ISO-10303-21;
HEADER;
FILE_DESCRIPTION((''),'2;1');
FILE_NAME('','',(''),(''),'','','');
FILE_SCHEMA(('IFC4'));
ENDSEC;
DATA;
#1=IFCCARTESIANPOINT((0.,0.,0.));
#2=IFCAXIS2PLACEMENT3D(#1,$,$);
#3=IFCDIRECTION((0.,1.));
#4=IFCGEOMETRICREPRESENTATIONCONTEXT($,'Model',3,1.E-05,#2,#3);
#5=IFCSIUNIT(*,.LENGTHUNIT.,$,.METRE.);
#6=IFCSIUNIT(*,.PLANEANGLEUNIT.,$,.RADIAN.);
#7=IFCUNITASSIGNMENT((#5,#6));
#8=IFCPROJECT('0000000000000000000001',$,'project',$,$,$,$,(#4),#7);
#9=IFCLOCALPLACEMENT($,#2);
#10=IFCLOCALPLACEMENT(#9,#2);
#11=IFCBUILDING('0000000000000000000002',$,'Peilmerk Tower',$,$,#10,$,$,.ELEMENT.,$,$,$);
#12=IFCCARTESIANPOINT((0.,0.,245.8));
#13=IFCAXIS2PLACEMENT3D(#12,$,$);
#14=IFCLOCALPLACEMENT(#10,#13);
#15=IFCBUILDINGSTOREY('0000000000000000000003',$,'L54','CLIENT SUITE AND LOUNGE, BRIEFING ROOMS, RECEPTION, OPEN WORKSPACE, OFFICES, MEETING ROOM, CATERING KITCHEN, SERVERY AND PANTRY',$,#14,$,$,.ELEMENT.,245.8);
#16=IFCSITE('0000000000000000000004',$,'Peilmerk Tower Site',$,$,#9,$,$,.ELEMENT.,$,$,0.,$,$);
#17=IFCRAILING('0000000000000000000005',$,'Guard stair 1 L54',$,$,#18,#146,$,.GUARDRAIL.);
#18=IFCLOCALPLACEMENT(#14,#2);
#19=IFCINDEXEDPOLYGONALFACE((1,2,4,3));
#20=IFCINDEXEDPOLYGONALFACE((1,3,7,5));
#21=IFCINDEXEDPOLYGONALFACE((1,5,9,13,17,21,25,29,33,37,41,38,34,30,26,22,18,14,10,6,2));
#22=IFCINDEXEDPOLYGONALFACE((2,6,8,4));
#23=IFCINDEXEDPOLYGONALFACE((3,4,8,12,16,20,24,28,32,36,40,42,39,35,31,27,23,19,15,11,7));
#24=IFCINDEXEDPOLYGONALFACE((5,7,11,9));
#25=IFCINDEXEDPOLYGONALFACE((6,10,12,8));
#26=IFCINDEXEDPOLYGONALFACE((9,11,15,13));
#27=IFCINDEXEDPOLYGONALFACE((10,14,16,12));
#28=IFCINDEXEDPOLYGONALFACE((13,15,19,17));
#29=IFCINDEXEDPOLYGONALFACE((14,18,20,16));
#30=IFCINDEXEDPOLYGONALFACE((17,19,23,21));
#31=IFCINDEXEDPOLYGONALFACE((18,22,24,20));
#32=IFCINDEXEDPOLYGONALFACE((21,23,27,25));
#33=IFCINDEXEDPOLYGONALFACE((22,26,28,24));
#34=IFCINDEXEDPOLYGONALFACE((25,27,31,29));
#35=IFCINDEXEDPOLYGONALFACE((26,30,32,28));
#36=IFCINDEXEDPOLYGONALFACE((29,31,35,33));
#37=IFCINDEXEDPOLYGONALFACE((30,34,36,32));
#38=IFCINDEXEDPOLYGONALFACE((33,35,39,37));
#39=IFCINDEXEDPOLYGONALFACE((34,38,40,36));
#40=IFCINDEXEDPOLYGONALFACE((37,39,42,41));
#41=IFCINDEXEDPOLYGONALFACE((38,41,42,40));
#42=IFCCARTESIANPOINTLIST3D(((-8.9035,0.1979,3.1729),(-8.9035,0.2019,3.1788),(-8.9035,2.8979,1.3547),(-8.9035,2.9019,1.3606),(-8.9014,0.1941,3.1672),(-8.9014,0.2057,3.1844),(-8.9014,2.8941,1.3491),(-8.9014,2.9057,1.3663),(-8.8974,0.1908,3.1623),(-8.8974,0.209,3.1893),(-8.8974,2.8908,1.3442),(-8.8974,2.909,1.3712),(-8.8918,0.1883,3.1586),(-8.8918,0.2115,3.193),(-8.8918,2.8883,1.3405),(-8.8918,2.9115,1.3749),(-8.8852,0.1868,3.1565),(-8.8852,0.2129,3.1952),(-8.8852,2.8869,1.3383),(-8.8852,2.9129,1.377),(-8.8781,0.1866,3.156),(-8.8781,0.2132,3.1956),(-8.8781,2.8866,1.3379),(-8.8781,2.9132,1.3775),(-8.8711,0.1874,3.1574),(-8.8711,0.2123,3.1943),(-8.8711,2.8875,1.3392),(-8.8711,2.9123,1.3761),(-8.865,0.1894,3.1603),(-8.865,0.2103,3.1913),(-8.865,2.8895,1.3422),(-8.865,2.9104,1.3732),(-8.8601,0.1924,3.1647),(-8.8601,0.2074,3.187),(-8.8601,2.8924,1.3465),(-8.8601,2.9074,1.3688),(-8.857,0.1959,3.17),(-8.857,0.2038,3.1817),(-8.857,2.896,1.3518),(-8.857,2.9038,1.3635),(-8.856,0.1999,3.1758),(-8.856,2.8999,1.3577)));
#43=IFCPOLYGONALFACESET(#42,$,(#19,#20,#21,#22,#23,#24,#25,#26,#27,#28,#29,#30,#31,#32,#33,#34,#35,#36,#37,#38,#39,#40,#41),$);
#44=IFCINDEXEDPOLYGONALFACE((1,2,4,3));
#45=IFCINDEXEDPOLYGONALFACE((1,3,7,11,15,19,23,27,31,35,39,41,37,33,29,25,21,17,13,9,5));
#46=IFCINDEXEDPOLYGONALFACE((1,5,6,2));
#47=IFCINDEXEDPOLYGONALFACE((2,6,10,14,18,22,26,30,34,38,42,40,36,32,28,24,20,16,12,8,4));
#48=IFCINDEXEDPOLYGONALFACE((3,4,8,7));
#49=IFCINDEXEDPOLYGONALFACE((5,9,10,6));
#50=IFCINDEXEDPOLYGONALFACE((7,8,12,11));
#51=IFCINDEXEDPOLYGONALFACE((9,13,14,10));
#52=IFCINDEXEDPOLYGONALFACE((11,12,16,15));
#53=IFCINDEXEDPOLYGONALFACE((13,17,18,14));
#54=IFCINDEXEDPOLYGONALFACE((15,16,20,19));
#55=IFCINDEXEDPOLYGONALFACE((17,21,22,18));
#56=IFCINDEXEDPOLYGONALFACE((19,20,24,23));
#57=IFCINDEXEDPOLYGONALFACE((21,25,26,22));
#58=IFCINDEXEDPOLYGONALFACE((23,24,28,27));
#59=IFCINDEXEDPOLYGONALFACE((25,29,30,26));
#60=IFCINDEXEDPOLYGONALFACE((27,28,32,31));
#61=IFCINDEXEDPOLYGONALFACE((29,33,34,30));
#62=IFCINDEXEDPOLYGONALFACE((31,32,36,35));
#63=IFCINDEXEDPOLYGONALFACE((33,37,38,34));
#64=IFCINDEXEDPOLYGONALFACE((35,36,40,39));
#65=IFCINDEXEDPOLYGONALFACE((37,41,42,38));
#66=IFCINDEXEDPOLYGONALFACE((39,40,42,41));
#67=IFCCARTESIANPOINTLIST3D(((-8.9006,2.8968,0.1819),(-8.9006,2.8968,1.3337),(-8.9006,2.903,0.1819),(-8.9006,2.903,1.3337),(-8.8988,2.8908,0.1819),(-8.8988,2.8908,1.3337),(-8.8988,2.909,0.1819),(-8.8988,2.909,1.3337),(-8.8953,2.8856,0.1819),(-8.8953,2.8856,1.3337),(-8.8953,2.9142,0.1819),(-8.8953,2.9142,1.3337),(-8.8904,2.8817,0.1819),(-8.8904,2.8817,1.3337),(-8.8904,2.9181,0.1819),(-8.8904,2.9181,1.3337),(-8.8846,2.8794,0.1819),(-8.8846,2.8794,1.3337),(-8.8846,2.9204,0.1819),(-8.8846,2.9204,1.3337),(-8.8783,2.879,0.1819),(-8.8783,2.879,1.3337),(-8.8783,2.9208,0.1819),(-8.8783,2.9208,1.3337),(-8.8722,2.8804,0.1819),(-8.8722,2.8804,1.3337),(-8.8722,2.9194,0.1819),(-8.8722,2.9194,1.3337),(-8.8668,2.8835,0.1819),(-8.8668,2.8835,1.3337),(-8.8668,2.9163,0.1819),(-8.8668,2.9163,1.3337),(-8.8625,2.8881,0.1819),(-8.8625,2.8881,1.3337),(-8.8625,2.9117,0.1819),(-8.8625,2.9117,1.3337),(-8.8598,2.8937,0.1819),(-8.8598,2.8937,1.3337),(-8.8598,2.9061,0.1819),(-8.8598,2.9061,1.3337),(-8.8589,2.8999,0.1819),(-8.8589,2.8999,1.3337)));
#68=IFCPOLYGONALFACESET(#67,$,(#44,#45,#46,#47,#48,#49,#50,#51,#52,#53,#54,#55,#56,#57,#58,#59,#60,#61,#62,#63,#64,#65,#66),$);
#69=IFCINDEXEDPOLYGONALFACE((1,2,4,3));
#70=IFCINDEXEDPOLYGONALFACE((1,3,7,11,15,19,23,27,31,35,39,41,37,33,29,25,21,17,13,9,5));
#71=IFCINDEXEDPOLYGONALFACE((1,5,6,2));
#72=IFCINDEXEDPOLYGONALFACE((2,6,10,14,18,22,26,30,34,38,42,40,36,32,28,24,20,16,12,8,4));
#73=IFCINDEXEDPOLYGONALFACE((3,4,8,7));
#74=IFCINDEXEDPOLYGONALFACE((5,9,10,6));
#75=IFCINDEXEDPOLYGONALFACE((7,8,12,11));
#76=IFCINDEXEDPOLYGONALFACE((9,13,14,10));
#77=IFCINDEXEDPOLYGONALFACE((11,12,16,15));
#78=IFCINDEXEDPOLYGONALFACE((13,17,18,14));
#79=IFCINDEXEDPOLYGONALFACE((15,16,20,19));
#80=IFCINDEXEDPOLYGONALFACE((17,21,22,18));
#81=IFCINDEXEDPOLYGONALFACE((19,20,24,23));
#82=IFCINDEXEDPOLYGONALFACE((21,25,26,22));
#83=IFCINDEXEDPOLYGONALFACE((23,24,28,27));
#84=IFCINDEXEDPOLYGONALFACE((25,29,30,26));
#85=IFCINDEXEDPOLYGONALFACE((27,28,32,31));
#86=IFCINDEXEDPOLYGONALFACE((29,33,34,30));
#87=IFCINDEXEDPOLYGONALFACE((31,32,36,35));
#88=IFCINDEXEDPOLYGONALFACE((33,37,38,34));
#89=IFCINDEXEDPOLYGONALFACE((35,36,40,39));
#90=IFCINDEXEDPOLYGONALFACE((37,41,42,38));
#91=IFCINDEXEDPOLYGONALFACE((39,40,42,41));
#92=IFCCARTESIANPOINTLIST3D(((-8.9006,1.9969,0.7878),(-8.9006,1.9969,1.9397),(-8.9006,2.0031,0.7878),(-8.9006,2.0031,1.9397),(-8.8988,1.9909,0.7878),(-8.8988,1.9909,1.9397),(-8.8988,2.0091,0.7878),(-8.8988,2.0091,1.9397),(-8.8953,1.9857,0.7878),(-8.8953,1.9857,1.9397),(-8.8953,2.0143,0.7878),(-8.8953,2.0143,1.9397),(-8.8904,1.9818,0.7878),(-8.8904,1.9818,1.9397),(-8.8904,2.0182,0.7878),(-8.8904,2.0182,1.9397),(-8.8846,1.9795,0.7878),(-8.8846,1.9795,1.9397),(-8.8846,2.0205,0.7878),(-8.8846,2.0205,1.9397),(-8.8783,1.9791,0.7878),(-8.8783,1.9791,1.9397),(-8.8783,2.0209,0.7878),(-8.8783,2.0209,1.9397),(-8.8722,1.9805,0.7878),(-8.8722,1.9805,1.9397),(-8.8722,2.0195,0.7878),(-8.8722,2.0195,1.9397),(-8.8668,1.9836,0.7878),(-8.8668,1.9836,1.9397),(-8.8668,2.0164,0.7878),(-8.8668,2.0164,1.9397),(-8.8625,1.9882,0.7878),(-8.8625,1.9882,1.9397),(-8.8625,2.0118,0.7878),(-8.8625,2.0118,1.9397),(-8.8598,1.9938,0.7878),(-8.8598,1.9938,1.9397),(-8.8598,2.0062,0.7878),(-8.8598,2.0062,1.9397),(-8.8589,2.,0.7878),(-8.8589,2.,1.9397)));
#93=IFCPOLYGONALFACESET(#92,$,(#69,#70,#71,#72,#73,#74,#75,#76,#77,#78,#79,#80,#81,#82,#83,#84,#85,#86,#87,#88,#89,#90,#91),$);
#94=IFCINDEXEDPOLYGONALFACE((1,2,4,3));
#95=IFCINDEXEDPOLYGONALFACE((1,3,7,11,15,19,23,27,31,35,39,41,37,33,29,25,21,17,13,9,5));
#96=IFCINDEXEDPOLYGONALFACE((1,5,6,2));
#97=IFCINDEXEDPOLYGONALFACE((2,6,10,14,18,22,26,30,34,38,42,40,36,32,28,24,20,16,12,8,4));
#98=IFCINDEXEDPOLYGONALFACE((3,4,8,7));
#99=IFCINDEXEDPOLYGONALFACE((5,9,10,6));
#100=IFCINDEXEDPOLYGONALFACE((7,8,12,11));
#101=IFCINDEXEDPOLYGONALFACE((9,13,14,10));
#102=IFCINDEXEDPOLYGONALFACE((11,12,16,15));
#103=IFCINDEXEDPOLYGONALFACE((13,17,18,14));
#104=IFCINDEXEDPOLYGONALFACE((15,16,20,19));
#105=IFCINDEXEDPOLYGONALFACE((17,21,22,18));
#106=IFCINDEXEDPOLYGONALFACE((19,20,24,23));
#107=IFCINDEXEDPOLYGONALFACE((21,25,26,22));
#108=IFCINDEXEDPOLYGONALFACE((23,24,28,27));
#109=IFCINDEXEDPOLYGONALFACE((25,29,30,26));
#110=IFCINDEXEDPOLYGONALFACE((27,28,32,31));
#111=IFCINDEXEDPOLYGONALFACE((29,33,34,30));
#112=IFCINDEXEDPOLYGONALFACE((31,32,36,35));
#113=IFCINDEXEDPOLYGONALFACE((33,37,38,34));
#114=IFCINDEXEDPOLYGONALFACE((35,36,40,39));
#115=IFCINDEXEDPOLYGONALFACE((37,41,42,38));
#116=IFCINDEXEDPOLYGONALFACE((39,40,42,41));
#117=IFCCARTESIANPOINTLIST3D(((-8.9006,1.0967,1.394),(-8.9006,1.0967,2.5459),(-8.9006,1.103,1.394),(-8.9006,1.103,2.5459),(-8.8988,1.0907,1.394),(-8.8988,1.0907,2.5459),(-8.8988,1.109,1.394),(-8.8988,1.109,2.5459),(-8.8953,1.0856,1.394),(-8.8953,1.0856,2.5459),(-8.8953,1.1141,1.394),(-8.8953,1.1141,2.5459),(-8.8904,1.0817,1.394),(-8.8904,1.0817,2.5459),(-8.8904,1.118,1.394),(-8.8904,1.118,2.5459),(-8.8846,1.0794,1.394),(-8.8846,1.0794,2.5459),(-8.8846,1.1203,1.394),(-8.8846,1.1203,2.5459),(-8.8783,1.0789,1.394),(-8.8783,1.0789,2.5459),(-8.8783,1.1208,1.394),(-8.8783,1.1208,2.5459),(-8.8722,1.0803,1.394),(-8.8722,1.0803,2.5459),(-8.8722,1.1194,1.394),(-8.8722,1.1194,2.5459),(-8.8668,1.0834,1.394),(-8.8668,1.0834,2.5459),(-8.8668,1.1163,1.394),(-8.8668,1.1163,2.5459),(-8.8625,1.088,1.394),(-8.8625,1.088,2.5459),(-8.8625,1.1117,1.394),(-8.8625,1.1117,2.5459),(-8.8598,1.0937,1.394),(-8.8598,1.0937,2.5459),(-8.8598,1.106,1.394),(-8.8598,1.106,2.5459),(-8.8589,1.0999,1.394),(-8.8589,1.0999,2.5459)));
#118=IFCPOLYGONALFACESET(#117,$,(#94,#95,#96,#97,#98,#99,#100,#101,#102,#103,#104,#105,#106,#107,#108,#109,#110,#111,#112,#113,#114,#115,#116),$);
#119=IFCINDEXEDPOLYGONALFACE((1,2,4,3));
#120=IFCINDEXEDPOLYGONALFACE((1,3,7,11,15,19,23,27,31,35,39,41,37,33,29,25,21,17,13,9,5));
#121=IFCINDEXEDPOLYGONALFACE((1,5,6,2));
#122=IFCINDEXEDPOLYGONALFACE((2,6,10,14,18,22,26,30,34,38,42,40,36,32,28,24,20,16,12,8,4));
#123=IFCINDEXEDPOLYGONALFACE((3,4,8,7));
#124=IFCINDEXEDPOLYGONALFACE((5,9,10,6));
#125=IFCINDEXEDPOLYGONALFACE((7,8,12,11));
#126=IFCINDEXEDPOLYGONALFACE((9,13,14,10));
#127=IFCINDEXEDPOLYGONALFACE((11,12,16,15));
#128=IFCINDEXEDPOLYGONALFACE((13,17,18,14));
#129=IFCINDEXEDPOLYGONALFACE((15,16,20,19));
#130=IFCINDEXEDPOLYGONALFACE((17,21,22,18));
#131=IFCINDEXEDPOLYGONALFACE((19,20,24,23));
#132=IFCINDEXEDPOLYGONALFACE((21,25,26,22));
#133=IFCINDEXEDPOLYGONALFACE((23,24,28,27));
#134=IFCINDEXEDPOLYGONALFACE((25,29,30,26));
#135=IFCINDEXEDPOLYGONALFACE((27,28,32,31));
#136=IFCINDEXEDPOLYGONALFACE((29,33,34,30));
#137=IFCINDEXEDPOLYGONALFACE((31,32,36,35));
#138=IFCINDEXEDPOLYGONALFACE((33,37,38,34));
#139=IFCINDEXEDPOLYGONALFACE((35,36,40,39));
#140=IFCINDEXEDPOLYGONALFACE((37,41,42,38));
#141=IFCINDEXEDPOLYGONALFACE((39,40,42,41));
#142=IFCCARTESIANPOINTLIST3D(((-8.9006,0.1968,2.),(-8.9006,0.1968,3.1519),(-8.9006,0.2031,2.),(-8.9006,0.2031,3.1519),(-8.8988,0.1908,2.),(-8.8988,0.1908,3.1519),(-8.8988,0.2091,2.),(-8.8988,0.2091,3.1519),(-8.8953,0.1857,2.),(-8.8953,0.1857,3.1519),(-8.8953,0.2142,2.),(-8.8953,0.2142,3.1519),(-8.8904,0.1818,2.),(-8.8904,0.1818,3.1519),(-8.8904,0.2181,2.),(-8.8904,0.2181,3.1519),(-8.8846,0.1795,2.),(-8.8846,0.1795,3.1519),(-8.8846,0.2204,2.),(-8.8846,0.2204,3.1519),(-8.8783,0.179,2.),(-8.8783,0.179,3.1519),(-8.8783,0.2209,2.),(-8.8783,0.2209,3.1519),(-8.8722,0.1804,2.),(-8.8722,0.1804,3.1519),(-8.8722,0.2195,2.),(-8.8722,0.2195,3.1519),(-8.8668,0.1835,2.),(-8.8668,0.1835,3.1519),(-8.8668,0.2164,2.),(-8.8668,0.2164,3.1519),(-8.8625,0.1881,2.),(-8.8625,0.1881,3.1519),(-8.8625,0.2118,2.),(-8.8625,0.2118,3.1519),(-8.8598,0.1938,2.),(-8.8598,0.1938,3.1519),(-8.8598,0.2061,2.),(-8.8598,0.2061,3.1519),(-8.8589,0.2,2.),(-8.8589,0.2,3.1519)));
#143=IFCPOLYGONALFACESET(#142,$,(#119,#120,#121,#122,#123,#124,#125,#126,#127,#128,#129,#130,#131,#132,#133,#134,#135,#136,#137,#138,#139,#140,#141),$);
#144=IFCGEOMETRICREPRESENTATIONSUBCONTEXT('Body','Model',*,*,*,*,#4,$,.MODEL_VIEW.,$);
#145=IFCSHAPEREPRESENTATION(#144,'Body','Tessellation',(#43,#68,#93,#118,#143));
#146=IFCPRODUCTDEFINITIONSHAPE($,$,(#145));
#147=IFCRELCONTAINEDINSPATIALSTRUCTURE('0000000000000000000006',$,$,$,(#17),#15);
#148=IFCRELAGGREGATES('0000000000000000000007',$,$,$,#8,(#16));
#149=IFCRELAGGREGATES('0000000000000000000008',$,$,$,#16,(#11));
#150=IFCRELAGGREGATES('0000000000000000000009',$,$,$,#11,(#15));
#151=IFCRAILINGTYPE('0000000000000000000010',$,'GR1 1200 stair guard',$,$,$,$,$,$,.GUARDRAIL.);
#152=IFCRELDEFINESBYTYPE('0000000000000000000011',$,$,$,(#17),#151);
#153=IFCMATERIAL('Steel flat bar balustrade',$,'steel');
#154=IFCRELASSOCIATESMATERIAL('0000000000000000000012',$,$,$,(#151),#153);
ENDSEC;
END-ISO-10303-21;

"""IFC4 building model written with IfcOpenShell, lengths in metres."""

from ifc_helpers import new_model, si_unit, direction, frame, origin, origin_2d, place, context, subcontext, project, spatial, circle, extrude, material, type_object, element, save


model = new_model("IFC4")

# Units and contexts
model_context = context("Model", 3, precision=1e-05, world=origin(), true_north=direction((0.0, 1.0)))
body_context = subcontext(model_context, "Body", "Model", "MODEL_VIEW")
ifc_project = project(units=[si_unit("LENGTHUNIT", "METRE"), si_unit("PLANEANGLEUNIT", "RADIAN")], contexts=[model_context])

# Site, building, storey
site_placement = place(None, origin())
site = spatial("IfcSite", under=ifc_project, at=site_placement, Name="Peilmerk Tower Site", CompositionType="ELEMENT", RefElevation=0.0)
building_placement = place(site_placement, origin())
building = spatial("IfcBuilding", under=site, at=building_placement, Name="Peilmerk Tower", CompositionType="ELEMENT")
storey_placement = place(building_placement, frame((0.0, 0.0, 245.8)))
storey = spatial("IfcBuildingStorey", under=building, at=storey_placement, Name="L54", Description="CLIENT SUITE AND LOUNGE, BRIEFING ROOMS, RECEPTION, OPEN WORKSPACE, OFFICES, MEETING ROOM, CATERING KITCHEN, SERVERY AND PANTRY", CompositionType="ELEMENT", Elevation=245.8)

# Railing
ifc_material_1 = material(Name="Steel flat bar balustrade", Category="steel")
railing_type_1 = type_object("IfcRailingType", Name="GR1 1200 stair guard", PredefinedType="GUARDRAIL", material=ifc_material_1)
railing_1_placement = place(storey_placement, frame((-8.8799, 2.8999, 0.1819)))
element("IfcRailing", 1, at=railing_1_placement, inside=storey, type_object=railing_type_1, Name="Guard stair 1 L54", PredefinedType="GUARDRAIL", context=body_context, shape_type="SweptSolid", body=[
    extrude(circle(Radius=0.0239, at=origin_2d()), frame((0.0, 0.0, 1.1758), z_axis=(0.0, -0.829468, 0.558554), x_axis=(1.0, 0.0, 0.0)), (0.0, 0.0, 1.0), 3.2551),
    extrude(circle(Radius=0.021, at=origin_2d()), origin(), (0.0, 0.0, 1.0), 1.1519),
    extrude(circle(Radius=0.021, at=origin_2d()), frame((0.0, -0.8999, 0.606)), (0.0, 0.0, 1.0), 1.1519),
    extrude(circle(Radius=0.021, at=origin_2d()), frame((0.0, -1.8, 1.2122)), (0.0, 0.0, 1.0), 1.1519),
    extrude(circle(Radius=0.021, at=origin_2d()), frame((0.0, -2.7, 1.8181)), (0.0, 0.0, 1.0), 1.1519),
])

save(model, "model.ifc")
